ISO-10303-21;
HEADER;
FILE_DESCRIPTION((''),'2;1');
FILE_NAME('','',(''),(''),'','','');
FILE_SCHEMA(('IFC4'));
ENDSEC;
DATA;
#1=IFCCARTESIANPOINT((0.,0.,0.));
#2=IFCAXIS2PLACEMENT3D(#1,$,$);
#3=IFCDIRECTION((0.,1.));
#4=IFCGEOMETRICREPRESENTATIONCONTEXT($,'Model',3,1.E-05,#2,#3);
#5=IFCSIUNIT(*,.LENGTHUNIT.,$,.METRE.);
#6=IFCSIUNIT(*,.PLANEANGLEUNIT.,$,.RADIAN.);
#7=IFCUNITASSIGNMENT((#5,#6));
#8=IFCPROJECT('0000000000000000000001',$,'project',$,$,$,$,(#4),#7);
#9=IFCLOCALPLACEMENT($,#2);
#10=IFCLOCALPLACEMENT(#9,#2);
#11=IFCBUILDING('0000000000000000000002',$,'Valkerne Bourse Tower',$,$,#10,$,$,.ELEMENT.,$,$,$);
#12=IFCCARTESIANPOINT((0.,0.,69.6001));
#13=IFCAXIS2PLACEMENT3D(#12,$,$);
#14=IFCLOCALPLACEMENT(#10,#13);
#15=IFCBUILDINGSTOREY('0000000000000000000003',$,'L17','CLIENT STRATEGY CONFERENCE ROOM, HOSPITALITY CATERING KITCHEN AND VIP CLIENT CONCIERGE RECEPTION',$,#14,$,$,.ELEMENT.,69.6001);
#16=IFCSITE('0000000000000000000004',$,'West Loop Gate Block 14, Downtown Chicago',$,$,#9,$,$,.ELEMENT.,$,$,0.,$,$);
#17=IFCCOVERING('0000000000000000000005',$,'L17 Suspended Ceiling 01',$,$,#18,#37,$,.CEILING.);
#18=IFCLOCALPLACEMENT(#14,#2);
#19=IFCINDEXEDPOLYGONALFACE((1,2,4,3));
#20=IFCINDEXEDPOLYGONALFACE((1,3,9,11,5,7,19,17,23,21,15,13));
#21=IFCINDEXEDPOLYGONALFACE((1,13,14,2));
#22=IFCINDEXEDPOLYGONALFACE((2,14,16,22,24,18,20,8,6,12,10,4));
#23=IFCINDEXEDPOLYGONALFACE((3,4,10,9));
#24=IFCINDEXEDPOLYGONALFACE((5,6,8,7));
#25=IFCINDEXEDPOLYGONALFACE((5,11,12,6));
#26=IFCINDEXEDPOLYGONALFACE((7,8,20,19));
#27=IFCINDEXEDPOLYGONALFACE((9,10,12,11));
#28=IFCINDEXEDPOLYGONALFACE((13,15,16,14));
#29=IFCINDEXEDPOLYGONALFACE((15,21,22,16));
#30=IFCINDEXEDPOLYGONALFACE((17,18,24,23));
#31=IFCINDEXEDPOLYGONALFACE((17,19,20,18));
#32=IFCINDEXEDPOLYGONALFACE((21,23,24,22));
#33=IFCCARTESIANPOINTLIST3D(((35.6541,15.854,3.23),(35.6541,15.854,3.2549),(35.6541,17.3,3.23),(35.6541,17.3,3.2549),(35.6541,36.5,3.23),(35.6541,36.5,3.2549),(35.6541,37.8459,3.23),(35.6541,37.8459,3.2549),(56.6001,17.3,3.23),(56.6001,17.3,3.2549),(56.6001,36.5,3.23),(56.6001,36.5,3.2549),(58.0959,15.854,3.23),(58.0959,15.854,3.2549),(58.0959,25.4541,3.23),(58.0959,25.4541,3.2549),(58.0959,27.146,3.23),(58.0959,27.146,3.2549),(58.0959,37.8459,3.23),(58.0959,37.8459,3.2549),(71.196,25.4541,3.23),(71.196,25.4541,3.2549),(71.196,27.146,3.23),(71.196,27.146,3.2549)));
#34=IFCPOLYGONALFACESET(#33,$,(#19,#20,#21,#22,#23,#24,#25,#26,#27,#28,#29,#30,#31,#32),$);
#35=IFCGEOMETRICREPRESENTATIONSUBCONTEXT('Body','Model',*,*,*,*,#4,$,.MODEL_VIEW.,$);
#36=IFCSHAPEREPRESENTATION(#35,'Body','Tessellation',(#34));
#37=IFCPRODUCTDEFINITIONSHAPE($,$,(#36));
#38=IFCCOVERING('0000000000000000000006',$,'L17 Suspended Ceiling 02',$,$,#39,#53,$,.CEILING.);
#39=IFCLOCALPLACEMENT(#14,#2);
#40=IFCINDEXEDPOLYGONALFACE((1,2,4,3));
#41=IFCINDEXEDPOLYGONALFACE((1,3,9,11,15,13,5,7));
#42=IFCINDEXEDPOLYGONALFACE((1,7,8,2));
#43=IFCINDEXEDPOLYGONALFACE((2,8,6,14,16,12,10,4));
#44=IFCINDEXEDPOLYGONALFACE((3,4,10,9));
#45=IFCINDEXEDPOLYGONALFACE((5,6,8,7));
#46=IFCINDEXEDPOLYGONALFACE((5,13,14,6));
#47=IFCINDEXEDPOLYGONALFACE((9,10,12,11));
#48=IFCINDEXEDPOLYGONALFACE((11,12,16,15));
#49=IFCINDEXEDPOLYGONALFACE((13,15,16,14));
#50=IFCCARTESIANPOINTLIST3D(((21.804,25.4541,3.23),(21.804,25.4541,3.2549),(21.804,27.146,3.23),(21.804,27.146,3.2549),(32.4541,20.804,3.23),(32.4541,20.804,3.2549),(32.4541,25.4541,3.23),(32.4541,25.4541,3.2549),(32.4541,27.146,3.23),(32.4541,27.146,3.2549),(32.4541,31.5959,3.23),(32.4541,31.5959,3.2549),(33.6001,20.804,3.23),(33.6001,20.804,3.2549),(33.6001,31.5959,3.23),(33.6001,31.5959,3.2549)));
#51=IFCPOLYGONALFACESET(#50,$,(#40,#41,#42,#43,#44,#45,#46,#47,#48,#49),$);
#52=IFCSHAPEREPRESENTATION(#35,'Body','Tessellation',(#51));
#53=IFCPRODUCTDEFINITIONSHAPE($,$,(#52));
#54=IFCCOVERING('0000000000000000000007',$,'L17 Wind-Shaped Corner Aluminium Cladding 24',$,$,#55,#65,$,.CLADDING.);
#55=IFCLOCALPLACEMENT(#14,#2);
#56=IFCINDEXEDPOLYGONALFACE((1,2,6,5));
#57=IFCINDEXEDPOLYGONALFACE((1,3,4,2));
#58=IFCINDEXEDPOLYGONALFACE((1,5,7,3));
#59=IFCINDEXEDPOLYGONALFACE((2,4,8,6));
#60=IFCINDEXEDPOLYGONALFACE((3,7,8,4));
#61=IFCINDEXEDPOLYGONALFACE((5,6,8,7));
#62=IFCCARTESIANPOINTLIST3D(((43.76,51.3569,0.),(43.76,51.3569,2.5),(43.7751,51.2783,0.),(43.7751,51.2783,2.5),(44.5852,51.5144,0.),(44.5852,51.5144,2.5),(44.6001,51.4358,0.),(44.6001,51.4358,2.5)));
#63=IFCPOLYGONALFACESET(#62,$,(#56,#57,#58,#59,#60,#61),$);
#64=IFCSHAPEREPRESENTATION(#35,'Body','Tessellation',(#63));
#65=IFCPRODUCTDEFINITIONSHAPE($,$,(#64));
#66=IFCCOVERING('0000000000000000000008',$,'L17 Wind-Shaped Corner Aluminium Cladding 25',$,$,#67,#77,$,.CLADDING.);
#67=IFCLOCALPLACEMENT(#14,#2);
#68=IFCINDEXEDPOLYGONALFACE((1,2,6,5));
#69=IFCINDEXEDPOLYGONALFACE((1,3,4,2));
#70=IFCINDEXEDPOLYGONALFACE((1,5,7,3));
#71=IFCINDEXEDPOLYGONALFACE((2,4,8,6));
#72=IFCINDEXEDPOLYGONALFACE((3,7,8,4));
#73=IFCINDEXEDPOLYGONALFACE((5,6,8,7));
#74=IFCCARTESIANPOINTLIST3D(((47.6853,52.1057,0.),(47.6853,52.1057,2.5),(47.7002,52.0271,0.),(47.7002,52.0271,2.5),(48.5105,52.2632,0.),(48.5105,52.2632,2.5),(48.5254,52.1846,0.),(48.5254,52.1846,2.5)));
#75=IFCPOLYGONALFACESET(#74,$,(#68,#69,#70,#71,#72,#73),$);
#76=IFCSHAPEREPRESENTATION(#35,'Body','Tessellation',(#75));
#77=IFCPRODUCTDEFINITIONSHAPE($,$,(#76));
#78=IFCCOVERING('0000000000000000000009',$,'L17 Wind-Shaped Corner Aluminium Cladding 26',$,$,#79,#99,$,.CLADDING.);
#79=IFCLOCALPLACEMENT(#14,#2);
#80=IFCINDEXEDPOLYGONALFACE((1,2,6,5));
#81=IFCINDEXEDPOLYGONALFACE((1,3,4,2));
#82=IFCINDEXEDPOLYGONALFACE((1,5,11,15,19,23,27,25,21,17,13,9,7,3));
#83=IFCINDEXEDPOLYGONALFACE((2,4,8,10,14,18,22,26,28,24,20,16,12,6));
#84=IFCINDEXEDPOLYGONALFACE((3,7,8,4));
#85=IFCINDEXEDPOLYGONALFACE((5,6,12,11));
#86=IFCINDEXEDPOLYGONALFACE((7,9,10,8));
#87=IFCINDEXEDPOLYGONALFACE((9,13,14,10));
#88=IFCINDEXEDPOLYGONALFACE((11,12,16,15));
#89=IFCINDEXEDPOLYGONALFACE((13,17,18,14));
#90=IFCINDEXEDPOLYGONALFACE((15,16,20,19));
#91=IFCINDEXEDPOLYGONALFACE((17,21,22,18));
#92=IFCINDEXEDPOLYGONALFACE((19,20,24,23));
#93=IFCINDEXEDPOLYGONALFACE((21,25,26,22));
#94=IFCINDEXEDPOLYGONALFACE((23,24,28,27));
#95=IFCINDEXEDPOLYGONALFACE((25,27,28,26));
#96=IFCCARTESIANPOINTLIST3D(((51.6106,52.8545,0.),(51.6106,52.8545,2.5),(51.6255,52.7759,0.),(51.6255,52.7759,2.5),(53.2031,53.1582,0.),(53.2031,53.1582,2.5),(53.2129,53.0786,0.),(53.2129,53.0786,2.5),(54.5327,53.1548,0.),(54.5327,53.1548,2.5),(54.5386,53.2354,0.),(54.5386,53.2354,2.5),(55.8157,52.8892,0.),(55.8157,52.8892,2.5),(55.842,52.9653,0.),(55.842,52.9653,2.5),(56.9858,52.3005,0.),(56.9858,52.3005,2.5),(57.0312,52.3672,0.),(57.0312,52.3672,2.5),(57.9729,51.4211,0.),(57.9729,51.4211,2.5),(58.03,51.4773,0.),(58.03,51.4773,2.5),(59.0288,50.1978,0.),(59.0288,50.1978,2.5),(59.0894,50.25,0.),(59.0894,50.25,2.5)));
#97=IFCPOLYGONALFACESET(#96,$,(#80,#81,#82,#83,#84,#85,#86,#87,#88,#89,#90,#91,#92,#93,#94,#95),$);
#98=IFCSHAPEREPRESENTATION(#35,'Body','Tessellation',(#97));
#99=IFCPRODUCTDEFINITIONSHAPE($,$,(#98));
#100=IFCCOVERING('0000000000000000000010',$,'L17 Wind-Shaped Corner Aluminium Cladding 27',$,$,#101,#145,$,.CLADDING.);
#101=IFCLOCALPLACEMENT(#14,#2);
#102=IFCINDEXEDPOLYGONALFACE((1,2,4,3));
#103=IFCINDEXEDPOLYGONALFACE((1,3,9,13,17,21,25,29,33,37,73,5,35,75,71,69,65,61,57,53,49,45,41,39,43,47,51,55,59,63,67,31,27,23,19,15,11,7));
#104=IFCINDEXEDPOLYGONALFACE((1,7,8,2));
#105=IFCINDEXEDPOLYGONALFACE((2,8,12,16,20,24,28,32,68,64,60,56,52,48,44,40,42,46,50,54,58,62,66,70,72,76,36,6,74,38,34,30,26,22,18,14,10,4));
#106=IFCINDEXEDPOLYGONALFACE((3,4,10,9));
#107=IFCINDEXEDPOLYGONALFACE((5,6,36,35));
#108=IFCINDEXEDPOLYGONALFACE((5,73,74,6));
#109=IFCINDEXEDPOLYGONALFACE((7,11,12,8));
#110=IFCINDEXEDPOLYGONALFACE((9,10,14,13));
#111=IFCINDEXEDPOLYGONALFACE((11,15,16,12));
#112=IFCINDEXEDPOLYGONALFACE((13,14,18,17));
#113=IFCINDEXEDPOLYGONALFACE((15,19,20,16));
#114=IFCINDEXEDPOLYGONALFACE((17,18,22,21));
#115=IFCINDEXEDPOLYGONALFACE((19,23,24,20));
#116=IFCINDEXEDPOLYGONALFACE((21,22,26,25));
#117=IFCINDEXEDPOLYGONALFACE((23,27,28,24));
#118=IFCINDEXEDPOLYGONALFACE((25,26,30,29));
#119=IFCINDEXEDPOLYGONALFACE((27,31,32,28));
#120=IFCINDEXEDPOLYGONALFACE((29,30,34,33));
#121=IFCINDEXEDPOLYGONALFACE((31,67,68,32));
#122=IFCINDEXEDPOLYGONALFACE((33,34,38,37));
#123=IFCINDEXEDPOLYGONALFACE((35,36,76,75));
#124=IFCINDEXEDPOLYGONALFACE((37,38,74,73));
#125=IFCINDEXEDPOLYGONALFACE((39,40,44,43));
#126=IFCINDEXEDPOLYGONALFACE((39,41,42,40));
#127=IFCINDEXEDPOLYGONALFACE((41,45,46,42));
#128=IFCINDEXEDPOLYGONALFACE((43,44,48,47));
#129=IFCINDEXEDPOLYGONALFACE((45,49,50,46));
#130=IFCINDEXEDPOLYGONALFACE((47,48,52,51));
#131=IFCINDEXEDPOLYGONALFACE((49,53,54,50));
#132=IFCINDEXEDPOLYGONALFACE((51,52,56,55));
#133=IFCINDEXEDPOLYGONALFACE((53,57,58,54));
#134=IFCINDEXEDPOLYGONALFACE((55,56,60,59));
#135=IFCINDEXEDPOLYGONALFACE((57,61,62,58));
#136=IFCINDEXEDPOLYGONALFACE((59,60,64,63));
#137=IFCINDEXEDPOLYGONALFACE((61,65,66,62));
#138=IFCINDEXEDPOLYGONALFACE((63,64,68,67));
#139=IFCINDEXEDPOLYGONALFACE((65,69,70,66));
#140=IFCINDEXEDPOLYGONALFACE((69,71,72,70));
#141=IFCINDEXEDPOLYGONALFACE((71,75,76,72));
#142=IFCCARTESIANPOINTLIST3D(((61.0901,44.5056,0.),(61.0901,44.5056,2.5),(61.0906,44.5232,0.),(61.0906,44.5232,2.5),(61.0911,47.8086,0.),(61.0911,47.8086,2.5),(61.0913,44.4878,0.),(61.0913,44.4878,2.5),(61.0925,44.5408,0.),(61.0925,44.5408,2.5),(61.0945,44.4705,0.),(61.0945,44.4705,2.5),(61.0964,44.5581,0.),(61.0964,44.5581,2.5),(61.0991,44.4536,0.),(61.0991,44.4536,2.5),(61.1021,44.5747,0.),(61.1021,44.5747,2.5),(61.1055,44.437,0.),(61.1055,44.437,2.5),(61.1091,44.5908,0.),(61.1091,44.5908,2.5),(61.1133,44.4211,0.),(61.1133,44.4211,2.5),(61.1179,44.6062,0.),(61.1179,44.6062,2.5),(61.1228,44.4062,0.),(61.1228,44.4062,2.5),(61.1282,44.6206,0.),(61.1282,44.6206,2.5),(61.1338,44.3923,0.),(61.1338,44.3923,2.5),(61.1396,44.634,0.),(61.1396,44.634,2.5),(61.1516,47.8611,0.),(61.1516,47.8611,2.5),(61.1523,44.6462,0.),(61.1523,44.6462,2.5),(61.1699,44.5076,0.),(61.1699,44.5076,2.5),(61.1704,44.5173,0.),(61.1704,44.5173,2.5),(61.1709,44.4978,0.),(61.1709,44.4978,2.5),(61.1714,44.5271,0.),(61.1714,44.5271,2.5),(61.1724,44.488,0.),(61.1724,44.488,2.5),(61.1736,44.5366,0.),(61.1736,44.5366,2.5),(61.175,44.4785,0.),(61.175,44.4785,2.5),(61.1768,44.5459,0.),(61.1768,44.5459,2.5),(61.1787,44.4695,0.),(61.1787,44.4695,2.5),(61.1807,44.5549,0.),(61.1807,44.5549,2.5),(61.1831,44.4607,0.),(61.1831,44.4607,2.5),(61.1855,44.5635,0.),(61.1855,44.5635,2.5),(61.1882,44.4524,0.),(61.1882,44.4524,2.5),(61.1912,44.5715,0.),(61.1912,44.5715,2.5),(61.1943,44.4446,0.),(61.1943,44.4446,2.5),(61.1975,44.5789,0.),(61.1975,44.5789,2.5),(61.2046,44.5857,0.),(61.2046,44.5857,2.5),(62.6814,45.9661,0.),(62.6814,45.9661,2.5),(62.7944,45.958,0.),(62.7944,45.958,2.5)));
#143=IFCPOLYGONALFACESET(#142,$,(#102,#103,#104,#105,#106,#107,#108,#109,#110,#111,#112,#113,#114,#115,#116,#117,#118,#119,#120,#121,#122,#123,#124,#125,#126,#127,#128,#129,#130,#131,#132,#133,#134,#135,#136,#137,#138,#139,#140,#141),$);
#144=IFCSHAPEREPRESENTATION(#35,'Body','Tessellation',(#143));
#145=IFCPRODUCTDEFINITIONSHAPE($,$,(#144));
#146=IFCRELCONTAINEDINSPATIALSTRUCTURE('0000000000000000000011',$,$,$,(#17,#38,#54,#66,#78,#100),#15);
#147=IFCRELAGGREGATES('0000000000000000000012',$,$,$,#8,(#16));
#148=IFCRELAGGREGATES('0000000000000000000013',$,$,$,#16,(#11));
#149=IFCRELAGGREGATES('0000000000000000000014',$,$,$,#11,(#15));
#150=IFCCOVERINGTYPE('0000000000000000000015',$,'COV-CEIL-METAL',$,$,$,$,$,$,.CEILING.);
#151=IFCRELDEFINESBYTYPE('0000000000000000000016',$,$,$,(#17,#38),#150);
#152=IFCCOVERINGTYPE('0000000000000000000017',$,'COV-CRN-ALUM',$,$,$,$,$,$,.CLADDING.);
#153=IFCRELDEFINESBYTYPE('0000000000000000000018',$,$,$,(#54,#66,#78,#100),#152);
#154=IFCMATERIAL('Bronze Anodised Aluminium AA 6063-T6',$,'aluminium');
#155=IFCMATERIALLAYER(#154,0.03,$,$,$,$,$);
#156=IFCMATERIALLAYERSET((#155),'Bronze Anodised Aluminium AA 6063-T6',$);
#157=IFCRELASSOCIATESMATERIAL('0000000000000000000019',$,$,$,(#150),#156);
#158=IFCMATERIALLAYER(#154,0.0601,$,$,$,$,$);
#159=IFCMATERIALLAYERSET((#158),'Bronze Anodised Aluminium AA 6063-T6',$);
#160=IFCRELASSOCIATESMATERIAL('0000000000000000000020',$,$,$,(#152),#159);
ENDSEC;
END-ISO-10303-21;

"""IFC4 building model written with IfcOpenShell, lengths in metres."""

from ifc_helpers import new_model, si_unit, direction, frame, origin, place, context, subcontext, project, spatial, polyline, outline, extrude, material, layer, layer_set, type_object, element, save


model = new_model("IFC4")

# Units and contexts
model_context = context("Model", 3, precision=1e-05, world=origin(), true_north=direction((0.0, 1.0)))
body_context = subcontext(model_context, "Body", "Model", "MODEL_VIEW")
ifc_project = project(units=[si_unit("LENGTHUNIT", "METRE"), si_unit("PLANEANGLEUNIT", "RADIAN")], contexts=[model_context])

# Site, building, storey
site_placement = place(None, origin())
site = spatial("IfcSite", under=ifc_project, at=site_placement, Name="West Loop Gate Block 14, Downtown Chicago", CompositionType="ELEMENT", RefElevation=0.0)
building_placement = place(site_placement, origin())
building = spatial("IfcBuilding", under=site, at=building_placement, Name="Valkerne Bourse Tower", CompositionType="ELEMENT")
storey_placement = place(building_placement, frame((0.0, 0.0, 69.6001)))
storey = spatial("IfcBuildingStorey", under=building, at=storey_placement, Name="L17", Description="CLIENT STRATEGY CONFERENCE ROOM, HOSPITALITY CATERING KITCHEN AND VIP CLIENT CONCIERGE RECEPTION", CompositionType="ELEMENT", Elevation=69.6001)

# Coverings
ifc_material_1 = material(Name="Bronze Anodised Aluminium AA 6063-T6", Category="aluminium")
ifc_layer_1 = layer(ifc_material_1, 0.03)
ifc_layer_set_1 = layer_set([ifc_layer_1], Name="Bronze Anodised Aluminium AA 6063-T6")
covering_type_1 = type_object("IfcCoveringType", Name="COV-CEIL-METAL", PredefinedType="CEILING", material=ifc_layer_set_1)
covering_1_placement = place(storey_placement, frame((0.0, 0.0, 3.23)))
element("IfcCovering", 1, at=covering_1_placement, inside=storey, type_object=covering_type_1, Name="L17 Suspended Ceiling 01", PredefinedType="CEILING", context=body_context, shape_type="SweptSolid", body=[
    extrude(outline(polyline([(71.196, 27.146), (71.196, 25.4541), (58.0959, 25.4541), (58.0959, 15.854), (35.6541, 15.854), (35.6541, 17.3), (56.6001, 17.3), (56.6001, 36.5), (35.6541, 36.5), (35.6541, 37.8459), (58.0959, 37.8459), (58.0959, 27.146), (71.196, 27.146)])), origin(), (0.0, 0.0, 1.0), 0.0249),
])
covering_2_placement = place(storey_placement, frame((0.0, 0.0, 3.23)))
element("IfcCovering", 2, at=covering_2_placement, inside=storey, type_object=covering_type_1, Name="L17 Suspended Ceiling 02", PredefinedType="CEILING", context=body_context, shape_type="SweptSolid", body=[
    extrude(outline(polyline([(32.4541, 20.804), (32.4541, 25.4541), (21.804, 25.4541), (21.804, 27.146), (32.4541, 27.146), (32.4541, 31.5959), (33.6001, 31.5959), (33.6001, 20.804), (32.4541, 20.804)])), origin(), (0.0, 0.0, 1.0), 0.0249),
])
ifc_layer_2 = layer(ifc_material_1, 0.0601)
ifc_layer_set_2 = layer_set([ifc_layer_2], Name="Bronze Anodised Aluminium AA 6063-T6")
covering_type_2 = type_object("IfcCoveringType", Name="COV-CRN-ALUM", PredefinedType="CLADDING", material=ifc_layer_set_2)
covering_3_placement = place(storey_placement, origin())
element("IfcCovering", 3, at=covering_3_placement, inside=storey, type_object=covering_type_2, Name="L17 Wind-Shaped Corner Aluminium Cladding 24", PredefinedType="CLADDING", context=body_context, shape_type="SweptSolid", body=[
    extrude(outline(polyline([(44.5852, 51.5144), (44.6001, 51.4358), (43.7751, 51.2783), (43.76, 51.3569), (44.5852, 51.5144)])), origin(), (0.0, 0.0, 1.0), 2.5),
])
covering_4_placement = place(storey_placement, origin())
element("IfcCovering", 4, at=covering_4_placement, inside=storey, type_object=covering_type_2, Name="L17 Wind-Shaped Corner Aluminium Cladding 25", PredefinedType="CLADDING", context=body_context, shape_type="SweptSolid", body=[
    extrude(outline(polyline([(48.5105, 52.2632), (48.5254, 52.1846), (47.7002, 52.0271), (47.6853, 52.1057), (48.5105, 52.2632)])), origin(), (0.0, 0.0, 1.0), 2.5),
])
covering_5_placement = place(storey_placement, origin())
element("IfcCovering", 5, at=covering_5_placement, inside=storey, type_object=covering_type_2, Name="L17 Wind-Shaped Corner Aluminium Cladding 26", PredefinedType="CLADDING", context=body_context, shape_type="SweptSolid", body=[
    extrude(outline(polyline([(53.2031, 53.1582), (54.5386, 53.2354), (55.842, 52.9653), (57.0312, 52.3672), (58.03, 51.4773), (59.0894, 50.25), (59.0288, 50.1978), (57.9729, 51.4211), (56.9858, 52.3005), (55.8157, 52.8892), (54.5327, 53.1548), (53.2129, 53.0786), (51.6255, 52.7759), (51.6106, 52.8545), (53.2031, 53.1582)])), origin(), (0.0, 0.0, 1.0), 2.5),
])
covering_6_placement = place(storey_placement, origin())
element("IfcCovering", 6, at=covering_6_placement, inside=storey, type_object=covering_type_2, Name="L17 Wind-Shaped Corner Aluminium Cladding 27", PredefinedType="CLADDING", context=body_context, shape_type="SweptSolid", body=[
    extrude(outline(polyline([(62.7944, 45.958), (61.2046, 44.5857), (61.1975, 44.5789), (61.1912, 44.5715), (61.1855, 44.5635), (61.1807, 44.5549), (61.1768, 44.5459), (61.1736, 44.5366), (61.1714, 44.5271), (61.1704, 44.5173), (61.1699, 44.5076), (61.1709, 44.4978), (61.1724, 44.488), (61.175, 44.4785), (61.1787, 44.4695), (61.1831, 44.4607), (61.1882, 44.4524), (61.1943, 44.4446), (61.1338, 44.3923), (61.1228, 44.4062), (61.1133, 44.4211), (61.1055, 44.437), (61.0991, 44.4536), (61.0945, 44.4705), (61.0913, 44.4878), (61.0901, 44.5056), (61.0906, 44.5232), (61.0925, 44.5408), (61.0964, 44.5581), (61.1021, 44.5747), (61.1091, 44.5908), (61.1179, 44.6062), (61.1282, 44.6206), (61.1396, 44.634), (61.1523, 44.6462), (62.6814, 45.9661), (61.0911, 47.8086), (61.1516, 47.8611), (62.7944, 45.958)])), origin(), (0.0, 0.0, 1.0), 2.5),
])

save(model, "model.ifc")
